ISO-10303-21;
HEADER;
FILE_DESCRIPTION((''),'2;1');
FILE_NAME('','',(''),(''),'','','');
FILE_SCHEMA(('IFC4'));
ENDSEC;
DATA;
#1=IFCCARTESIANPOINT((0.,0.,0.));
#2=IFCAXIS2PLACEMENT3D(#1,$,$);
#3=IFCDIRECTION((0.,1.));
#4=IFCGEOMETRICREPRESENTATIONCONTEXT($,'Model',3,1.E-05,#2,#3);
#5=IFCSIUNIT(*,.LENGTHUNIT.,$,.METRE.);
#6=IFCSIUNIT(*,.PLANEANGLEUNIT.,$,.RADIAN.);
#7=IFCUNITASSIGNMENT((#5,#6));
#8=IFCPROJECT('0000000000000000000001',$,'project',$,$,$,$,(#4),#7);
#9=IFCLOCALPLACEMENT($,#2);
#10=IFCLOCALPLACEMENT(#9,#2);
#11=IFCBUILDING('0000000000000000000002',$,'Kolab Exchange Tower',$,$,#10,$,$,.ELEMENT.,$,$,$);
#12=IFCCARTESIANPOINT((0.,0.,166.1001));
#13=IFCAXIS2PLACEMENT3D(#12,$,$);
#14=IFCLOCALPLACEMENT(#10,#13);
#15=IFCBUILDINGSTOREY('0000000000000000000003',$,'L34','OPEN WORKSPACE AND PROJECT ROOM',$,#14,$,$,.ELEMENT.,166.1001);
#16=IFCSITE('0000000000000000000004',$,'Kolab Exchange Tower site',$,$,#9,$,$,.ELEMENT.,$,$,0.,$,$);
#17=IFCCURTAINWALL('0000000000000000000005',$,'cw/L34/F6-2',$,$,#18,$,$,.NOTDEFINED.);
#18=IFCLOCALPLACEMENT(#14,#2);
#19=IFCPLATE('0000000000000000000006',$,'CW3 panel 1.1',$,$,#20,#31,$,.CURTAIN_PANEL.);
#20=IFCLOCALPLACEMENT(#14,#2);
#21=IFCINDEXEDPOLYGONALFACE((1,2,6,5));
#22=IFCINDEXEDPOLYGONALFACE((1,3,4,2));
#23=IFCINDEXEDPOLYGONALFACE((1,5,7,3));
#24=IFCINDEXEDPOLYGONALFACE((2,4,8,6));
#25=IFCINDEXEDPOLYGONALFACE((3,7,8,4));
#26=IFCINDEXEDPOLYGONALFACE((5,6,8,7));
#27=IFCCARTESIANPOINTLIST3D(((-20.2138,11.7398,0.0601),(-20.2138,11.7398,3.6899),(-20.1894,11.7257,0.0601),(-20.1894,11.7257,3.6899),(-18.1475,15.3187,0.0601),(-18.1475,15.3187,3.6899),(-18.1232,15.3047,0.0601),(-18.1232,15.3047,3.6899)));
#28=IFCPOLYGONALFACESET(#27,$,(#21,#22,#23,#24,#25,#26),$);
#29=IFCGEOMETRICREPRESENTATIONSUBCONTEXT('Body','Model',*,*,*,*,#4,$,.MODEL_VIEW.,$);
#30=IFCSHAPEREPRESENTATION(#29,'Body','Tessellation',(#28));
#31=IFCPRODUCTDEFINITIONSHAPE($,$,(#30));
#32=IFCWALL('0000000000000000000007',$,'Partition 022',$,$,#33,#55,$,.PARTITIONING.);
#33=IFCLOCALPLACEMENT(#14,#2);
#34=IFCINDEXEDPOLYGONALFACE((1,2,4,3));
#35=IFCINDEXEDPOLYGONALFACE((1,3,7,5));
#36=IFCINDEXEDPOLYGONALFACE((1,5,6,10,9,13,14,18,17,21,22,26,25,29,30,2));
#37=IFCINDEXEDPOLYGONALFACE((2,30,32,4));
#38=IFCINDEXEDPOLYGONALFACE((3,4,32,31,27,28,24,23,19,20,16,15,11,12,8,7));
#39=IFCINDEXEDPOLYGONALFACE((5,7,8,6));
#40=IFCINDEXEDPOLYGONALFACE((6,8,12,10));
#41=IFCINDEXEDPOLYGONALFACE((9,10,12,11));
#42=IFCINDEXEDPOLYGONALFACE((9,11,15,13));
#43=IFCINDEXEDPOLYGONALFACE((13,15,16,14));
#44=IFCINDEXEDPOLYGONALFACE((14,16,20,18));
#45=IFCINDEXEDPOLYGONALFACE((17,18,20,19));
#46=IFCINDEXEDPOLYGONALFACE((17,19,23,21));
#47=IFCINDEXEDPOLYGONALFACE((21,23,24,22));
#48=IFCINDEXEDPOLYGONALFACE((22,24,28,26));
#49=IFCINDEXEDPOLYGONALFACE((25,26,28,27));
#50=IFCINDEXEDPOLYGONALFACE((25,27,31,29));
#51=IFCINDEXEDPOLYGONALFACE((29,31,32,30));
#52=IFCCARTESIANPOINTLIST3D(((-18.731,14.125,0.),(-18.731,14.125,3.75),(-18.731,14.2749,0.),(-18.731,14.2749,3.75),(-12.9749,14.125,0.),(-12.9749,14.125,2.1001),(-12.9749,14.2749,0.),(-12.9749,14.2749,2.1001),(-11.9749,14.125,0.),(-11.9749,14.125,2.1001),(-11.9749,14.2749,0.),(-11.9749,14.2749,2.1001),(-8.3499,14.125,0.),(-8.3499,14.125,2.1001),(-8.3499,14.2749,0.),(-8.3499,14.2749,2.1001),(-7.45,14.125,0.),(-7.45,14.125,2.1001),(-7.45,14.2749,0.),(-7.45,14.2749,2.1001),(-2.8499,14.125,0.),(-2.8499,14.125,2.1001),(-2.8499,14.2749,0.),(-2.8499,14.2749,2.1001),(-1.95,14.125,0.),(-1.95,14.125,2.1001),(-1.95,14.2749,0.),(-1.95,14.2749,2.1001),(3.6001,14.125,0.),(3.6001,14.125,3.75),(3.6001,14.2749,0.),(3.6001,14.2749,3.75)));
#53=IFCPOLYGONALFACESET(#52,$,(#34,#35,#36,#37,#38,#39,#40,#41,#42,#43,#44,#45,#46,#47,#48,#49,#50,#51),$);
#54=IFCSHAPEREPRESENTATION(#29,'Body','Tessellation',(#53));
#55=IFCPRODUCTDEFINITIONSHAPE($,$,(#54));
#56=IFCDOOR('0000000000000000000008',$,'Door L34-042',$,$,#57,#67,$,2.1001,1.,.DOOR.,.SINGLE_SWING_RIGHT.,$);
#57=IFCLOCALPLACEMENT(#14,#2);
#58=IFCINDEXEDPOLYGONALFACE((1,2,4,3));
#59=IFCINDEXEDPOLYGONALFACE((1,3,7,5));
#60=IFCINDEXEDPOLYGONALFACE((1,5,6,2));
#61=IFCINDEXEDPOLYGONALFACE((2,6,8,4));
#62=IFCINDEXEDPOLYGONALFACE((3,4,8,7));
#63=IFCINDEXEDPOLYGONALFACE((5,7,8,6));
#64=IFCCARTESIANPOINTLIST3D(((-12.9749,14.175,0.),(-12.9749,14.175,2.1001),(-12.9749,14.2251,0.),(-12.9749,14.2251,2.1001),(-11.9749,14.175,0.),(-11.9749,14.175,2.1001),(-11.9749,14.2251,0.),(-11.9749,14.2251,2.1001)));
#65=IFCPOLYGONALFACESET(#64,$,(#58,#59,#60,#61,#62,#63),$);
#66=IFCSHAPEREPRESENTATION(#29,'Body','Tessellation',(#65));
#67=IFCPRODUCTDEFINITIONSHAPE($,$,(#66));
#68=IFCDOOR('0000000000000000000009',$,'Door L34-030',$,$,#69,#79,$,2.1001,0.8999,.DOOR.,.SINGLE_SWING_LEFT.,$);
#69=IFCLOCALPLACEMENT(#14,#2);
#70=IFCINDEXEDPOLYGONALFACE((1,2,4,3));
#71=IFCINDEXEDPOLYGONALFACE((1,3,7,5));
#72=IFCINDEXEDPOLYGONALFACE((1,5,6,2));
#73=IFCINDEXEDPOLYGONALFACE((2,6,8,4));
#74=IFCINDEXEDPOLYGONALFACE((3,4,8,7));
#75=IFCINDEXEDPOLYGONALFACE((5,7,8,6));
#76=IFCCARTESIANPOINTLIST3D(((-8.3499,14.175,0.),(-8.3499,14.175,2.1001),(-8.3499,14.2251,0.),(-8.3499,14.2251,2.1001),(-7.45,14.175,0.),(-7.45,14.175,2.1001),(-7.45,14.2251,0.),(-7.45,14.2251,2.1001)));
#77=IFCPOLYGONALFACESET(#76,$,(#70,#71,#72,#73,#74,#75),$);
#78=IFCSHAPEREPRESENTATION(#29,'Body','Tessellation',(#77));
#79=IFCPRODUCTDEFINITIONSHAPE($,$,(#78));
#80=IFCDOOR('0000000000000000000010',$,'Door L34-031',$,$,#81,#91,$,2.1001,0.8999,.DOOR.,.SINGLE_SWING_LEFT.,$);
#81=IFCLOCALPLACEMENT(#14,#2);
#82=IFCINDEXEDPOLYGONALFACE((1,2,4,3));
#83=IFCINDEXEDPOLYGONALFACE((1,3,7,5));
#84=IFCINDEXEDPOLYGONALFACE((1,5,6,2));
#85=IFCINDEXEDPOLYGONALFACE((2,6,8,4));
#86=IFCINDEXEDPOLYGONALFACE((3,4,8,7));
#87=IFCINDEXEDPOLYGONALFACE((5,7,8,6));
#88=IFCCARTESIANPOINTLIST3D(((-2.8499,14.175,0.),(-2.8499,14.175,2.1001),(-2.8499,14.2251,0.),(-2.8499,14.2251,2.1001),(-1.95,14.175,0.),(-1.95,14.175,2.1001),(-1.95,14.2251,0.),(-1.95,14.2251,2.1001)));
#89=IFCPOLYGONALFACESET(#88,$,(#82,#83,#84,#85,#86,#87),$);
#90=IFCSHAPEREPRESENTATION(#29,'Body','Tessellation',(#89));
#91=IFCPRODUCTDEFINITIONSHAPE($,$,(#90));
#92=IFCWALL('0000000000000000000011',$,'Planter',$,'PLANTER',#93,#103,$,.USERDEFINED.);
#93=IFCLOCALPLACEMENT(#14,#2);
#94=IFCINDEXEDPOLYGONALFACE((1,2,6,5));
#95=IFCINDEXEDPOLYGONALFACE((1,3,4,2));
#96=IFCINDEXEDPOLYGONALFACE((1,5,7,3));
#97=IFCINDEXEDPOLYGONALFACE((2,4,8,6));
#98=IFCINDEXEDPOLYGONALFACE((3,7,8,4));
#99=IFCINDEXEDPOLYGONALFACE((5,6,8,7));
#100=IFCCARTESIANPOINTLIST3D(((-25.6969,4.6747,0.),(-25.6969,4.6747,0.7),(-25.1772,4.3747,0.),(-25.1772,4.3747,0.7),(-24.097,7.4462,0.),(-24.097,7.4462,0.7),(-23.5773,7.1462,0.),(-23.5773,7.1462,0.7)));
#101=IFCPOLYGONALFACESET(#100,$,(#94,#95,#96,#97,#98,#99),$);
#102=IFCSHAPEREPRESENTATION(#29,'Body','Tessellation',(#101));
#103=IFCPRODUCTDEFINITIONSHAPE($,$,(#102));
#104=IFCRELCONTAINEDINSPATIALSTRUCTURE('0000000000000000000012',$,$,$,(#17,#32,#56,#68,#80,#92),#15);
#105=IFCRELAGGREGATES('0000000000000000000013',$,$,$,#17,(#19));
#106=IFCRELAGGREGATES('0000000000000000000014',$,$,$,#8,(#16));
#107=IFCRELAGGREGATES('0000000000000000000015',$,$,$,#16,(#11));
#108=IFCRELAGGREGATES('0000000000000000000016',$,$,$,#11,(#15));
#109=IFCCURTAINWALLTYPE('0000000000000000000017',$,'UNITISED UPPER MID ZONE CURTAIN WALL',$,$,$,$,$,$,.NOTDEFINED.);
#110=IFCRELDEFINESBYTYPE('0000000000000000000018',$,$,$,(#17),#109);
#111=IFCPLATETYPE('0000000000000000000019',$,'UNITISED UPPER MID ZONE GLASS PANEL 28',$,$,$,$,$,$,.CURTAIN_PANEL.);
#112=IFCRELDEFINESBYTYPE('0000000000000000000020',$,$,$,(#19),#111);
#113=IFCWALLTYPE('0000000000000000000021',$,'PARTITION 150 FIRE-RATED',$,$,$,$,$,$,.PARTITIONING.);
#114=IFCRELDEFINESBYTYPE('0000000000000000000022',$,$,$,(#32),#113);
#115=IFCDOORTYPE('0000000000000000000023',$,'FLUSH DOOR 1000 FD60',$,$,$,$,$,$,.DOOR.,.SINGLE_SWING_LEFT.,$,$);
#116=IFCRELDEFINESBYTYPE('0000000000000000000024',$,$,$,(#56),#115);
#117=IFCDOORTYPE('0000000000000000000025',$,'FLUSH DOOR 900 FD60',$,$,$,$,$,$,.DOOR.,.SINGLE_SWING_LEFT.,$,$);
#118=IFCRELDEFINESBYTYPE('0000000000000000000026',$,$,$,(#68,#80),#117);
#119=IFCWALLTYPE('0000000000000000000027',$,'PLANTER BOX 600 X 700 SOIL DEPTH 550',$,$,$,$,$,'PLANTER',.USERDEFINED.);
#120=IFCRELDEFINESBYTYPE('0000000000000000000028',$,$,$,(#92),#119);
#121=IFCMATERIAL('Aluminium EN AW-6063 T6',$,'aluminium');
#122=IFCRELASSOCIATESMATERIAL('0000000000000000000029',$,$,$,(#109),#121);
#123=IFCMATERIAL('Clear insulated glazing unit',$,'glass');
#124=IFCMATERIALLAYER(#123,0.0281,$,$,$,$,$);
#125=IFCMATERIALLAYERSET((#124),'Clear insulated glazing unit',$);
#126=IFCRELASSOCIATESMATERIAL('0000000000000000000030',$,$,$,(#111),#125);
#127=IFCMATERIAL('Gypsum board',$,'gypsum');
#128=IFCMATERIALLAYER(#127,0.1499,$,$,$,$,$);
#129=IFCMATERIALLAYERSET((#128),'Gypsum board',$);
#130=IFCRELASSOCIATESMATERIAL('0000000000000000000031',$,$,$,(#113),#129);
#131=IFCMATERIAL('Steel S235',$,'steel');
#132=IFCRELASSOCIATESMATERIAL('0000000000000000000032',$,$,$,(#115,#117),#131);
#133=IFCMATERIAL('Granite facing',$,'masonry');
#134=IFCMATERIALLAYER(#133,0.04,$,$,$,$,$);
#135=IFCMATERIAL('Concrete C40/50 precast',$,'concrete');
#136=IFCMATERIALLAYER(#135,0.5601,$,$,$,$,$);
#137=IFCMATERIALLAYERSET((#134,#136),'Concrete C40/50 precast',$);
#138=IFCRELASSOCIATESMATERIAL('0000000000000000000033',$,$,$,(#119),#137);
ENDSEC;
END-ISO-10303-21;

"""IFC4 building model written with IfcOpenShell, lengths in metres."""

from ifc_helpers import new_model, si_unit, direction, frame, frame_2d, origin, origin_2d, place, context, subcontext, project, spatial, rectangle, extrude, material, layer, layer_set, type_object, element, fill, aggregate, save


model = new_model("IFC4")

# Units and contexts
model_context = context("Model", 3, precision=1e-05, world=origin(), true_north=direction((0.0, 1.0)))
body_context = subcontext(model_context, "Body", "Model", "MODEL_VIEW")
ifc_project = project(units=[si_unit("LENGTHUNIT", "METRE"), si_unit("PLANEANGLEUNIT", "RADIAN")], contexts=[model_context])

# Site, building, storey
site_placement = place(None, origin())
site = spatial("IfcSite", under=ifc_project, at=site_placement, Name="Kolab Exchange Tower site", CompositionType="ELEMENT", RefElevation=0.0)
building_placement = place(site_placement, origin())
building = spatial("IfcBuilding", under=site, at=building_placement, Name="Kolab Exchange Tower", CompositionType="ELEMENT")
storey_placement = place(building_placement, frame((0.0, 0.0, 166.1001)))
storey = spatial("IfcBuildingStorey", under=building, at=storey_placement, Name="L34", Description="OPEN WORKSPACE AND PROJECT ROOM", CompositionType="ELEMENT", Elevation=166.1001)

# Curtain wall
ifc_material_1 = material(Name="Aluminium EN AW-6063 T6", Category="aluminium")
curtain_wall_type = type_object("IfcCurtainWallType", Name="UNITISED UPPER MID ZONE CURTAIN WALL", PredefinedType="NOTDEFINED", material=ifc_material_1)
curtain_wall_1_placement = place(storey_placement, origin())
curtain_wall_1 = element("IfcCurtainWall", 1, at=curtain_wall_1_placement, inside=storey, type_object=curtain_wall_type, Name="cw/L34/F6-2", PredefinedType="NOTDEFINED")

# Plate
ifc_material_2 = material(Name="Clear insulated glazing unit", Category="glass")
ifc_layer_1 = layer(ifc_material_2, 0.0281)
ifc_layer_set_1 = layer_set([ifc_layer_1], Name="Clear insulated glazing unit")
plate_type_1 = type_object("IfcPlateType", Name="UNITISED UPPER MID ZONE GLASS PANEL 28", PredefinedType="CURTAIN_PANEL", material=ifc_layer_set_1)
plate_1_placement = place(storey_placement, frame((-19.1685, 13.5222, 0.0601), z_axis=(0.0, 0.0, 1.0), x_axis=(0.5, 0.866025, 0.0)))
plate_1 = element("IfcPlate", 2, at=plate_1_placement, type_object=plate_type_1, Name="CW3 panel 1.1", PredefinedType="CURTAIN_PANEL", context=body_context, shape_type="SweptSolid", body=[
    extrude(rectangle(XDim=4.1326, YDim=0.0281, at=origin_2d()), origin(), (0.0, 0.0, 1.0), 3.6299),
])
aggregate(curtain_wall_1, [plate_1])

# Wall, openings, doors
ifc_material_3 = material(Name="Gypsum board", Category="gypsum")
ifc_layer_2 = layer(ifc_material_3, 0.1499)
ifc_layer_set_2 = layer_set([ifc_layer_2], Name="Gypsum board")
wall_type_1 = type_object("IfcWallType", Name="PARTITION 150 FIRE-RATED", PredefinedType="PARTITIONING", material=ifc_layer_set_2)
wall_1_placement = place(storey_placement, frame((-18.731, 14.2, 0.0), z_axis=(0.0, 0.0, 1.0), x_axis=(1.0, 0.0, 0.0)))
wall_1 = element("IfcWall", 3, at=wall_1_placement, inside=storey, type_object=wall_type_1, Name="Partition 022", PredefinedType="PARTITIONING", context=body_context, shape_type="SweptSolid", body=[
    extrude(rectangle(XDim=22.3311, YDim=0.1499, at=frame_2d((11.1655, 0.0))), origin(), (0.0, 0.0, 1.0), 3.75),
])
opening_1_placement = place(wall_1_placement, frame((10.3811, 0.0, 0.0)))
opening_1 = element("IfcOpeningElement", 4, at=opening_1_placement, cuts=wall_1, PredefinedType="OPENING", context=body_context, shape_type="SweptSolid", body=[
    extrude(rectangle(XDim=0.8999, YDim=2.1001, at=frame_2d((0.45, 1.05))), frame((0.0, 0.085, 0.0), z_axis=(0.0, -1.0, 0.0), x_axis=(1.0, 0.0, 0.0)), (0.0, 0.0, 1.0), 0.1699),
])
opening_2_placement = place(wall_1_placement, frame((15.8811, 0.0, 0.0)))
opening_2 = element("IfcOpeningElement", 5, at=opening_2_placement, cuts=wall_1, PredefinedType="OPENING", context=body_context, shape_type="SweptSolid", body=[
    extrude(rectangle(XDim=0.8999, YDim=2.1001, at=frame_2d((0.45, 1.05))), frame((0.0, 0.085, 0.0), z_axis=(0.0, -1.0, 0.0), x_axis=(1.0, 0.0, 0.0)), (0.0, 0.0, 1.0), 0.1699),
])
opening_3_placement = place(wall_1_placement, frame((5.7561, 0.0, 0.0)))
opening_3 = element("IfcOpeningElement", 6, at=opening_3_placement, cuts=wall_1, PredefinedType="OPENING", context=body_context, shape_type="SweptSolid", body=[
    extrude(rectangle(XDim=1.0, YDim=2.1001, at=frame_2d((0.5, 1.05))), frame((0.0, 0.085, 0.0), z_axis=(0.0, -1.0, 0.0), x_axis=(1.0, 0.0, 0.0)), (0.0, 0.0, 1.0), 0.1699),
])
ifc_material_4 = material(Name="Steel S235", Category="steel")
door_type_1 = type_object("IfcDoorType", Name="FLUSH DOOR 1000 FD60", OperationType="SINGLE_SWING_LEFT", PredefinedType="DOOR", material=ifc_material_4)
door_1_placement = place(opening_3_placement, frame((1.0, 0.0, 0.0), z_axis=(0.0, 0.0, 1.0), x_axis=(-1.0, 0.0, 0.0)))
door_1 = element("IfcDoor", 7, at=door_1_placement, inside=storey, type_object=door_type_1, Name="Door L34-042", OperationType="SINGLE_SWING_RIGHT", OverallHeight=2.1001, OverallWidth=1.0, PredefinedType="DOOR", context=body_context, shape_type="SweptSolid", body=[
    extrude(rectangle(XDim=1.0, YDim=2.1001, at=frame_2d((0.5, 1.05))), frame((0.0, 0.0249, 0.0), z_axis=(0.0, -1.0, 0.0), x_axis=(1.0, 0.0, 0.0)), (0.0, 0.0, 1.0), 0.05),
])
fill(opening_3, door_1)
door_type_2 = type_object("IfcDoorType", Name="FLUSH DOOR 900 FD60", OperationType="SINGLE_SWING_LEFT", PredefinedType="DOOR", material=ifc_material_4)
door_2_placement = place(opening_1_placement, frame((0.8999, 0.0, 0.0), z_axis=(0.0, 0.0, 1.0), x_axis=(-1.0, 0.0, 0.0)))
door_2 = element("IfcDoor", 8, at=door_2_placement, inside=storey, type_object=door_type_2, Name="Door L34-030", OperationType="SINGLE_SWING_LEFT", OverallHeight=2.1001, OverallWidth=0.8999, PredefinedType="DOOR", context=body_context, shape_type="SweptSolid", body=[
    extrude(rectangle(XDim=0.8999, YDim=2.1001, at=frame_2d((0.45, 1.05))), frame((0.0, 0.0249, 0.0), z_axis=(0.0, -1.0, 0.0), x_axis=(1.0, 0.0, 0.0)), (0.0, 0.0, 1.0), 0.05),
])
fill(opening_1, door_2)
door_3_placement = place(opening_2_placement, frame((0.8999, 0.0, 0.0), z_axis=(0.0, 0.0, 1.0), x_axis=(-1.0, 0.0, 0.0)))
door_3 = element("IfcDoor", 9, at=door_3_placement, inside=storey, type_object=door_type_2, Name="Door L34-031", OperationType="SINGLE_SWING_LEFT", OverallHeight=2.1001, OverallWidth=0.8999, PredefinedType="DOOR", context=body_context, shape_type="SweptSolid", body=[
    extrude(rectangle(XDim=0.8999, YDim=2.1001, at=frame_2d((0.45, 1.05))), frame((0.0, 0.0249, 0.0), z_axis=(0.0, -1.0, 0.0), x_axis=(1.0, 0.0, 0.0)), (0.0, 0.0, 1.0), 0.05),
])
fill(opening_2, door_3)

# Wall
ifc_material_5 = material(Name="Granite facing", Category="masonry")
ifc_layer_3 = layer(ifc_material_5, 0.04)
ifc_material_6 = material(Name="Concrete C40/50 precast", Category="concrete")
ifc_layer_4 = layer(ifc_material_6, 0.5601)
ifc_layer_set_3 = layer_set([ifc_layer_3, ifc_layer_4], Name="Concrete C40/50 precast")
wall_type_2 = type_object("IfcWallType", Name="PLANTER BOX 600 X 700 SOIL DEPTH 550", ElementType="PLANTER", PredefinedType="USERDEFINED", material=ifc_layer_set_3)
wall_2_placement = place(storey_placement, frame((-25.437, 4.5247, 0.0), z_axis=(0.0, 0.0, 1.0), x_axis=(0.499938, 0.866061, 0.0)))
element("IfcWall", 10, at=wall_2_placement, inside=storey, type_object=wall_type_2, Name="Planter", ObjectType="PLANTER", PredefinedType="USERDEFINED", context=body_context, shape_type="SweptSolid", body=[
    extrude(rectangle(XDim=3.2002, YDim=0.6001, at=frame_2d((1.6001, 0.0))), origin(), (0.0, 0.0, 1.0), 0.7),
])

save(model, "model.ifc")
